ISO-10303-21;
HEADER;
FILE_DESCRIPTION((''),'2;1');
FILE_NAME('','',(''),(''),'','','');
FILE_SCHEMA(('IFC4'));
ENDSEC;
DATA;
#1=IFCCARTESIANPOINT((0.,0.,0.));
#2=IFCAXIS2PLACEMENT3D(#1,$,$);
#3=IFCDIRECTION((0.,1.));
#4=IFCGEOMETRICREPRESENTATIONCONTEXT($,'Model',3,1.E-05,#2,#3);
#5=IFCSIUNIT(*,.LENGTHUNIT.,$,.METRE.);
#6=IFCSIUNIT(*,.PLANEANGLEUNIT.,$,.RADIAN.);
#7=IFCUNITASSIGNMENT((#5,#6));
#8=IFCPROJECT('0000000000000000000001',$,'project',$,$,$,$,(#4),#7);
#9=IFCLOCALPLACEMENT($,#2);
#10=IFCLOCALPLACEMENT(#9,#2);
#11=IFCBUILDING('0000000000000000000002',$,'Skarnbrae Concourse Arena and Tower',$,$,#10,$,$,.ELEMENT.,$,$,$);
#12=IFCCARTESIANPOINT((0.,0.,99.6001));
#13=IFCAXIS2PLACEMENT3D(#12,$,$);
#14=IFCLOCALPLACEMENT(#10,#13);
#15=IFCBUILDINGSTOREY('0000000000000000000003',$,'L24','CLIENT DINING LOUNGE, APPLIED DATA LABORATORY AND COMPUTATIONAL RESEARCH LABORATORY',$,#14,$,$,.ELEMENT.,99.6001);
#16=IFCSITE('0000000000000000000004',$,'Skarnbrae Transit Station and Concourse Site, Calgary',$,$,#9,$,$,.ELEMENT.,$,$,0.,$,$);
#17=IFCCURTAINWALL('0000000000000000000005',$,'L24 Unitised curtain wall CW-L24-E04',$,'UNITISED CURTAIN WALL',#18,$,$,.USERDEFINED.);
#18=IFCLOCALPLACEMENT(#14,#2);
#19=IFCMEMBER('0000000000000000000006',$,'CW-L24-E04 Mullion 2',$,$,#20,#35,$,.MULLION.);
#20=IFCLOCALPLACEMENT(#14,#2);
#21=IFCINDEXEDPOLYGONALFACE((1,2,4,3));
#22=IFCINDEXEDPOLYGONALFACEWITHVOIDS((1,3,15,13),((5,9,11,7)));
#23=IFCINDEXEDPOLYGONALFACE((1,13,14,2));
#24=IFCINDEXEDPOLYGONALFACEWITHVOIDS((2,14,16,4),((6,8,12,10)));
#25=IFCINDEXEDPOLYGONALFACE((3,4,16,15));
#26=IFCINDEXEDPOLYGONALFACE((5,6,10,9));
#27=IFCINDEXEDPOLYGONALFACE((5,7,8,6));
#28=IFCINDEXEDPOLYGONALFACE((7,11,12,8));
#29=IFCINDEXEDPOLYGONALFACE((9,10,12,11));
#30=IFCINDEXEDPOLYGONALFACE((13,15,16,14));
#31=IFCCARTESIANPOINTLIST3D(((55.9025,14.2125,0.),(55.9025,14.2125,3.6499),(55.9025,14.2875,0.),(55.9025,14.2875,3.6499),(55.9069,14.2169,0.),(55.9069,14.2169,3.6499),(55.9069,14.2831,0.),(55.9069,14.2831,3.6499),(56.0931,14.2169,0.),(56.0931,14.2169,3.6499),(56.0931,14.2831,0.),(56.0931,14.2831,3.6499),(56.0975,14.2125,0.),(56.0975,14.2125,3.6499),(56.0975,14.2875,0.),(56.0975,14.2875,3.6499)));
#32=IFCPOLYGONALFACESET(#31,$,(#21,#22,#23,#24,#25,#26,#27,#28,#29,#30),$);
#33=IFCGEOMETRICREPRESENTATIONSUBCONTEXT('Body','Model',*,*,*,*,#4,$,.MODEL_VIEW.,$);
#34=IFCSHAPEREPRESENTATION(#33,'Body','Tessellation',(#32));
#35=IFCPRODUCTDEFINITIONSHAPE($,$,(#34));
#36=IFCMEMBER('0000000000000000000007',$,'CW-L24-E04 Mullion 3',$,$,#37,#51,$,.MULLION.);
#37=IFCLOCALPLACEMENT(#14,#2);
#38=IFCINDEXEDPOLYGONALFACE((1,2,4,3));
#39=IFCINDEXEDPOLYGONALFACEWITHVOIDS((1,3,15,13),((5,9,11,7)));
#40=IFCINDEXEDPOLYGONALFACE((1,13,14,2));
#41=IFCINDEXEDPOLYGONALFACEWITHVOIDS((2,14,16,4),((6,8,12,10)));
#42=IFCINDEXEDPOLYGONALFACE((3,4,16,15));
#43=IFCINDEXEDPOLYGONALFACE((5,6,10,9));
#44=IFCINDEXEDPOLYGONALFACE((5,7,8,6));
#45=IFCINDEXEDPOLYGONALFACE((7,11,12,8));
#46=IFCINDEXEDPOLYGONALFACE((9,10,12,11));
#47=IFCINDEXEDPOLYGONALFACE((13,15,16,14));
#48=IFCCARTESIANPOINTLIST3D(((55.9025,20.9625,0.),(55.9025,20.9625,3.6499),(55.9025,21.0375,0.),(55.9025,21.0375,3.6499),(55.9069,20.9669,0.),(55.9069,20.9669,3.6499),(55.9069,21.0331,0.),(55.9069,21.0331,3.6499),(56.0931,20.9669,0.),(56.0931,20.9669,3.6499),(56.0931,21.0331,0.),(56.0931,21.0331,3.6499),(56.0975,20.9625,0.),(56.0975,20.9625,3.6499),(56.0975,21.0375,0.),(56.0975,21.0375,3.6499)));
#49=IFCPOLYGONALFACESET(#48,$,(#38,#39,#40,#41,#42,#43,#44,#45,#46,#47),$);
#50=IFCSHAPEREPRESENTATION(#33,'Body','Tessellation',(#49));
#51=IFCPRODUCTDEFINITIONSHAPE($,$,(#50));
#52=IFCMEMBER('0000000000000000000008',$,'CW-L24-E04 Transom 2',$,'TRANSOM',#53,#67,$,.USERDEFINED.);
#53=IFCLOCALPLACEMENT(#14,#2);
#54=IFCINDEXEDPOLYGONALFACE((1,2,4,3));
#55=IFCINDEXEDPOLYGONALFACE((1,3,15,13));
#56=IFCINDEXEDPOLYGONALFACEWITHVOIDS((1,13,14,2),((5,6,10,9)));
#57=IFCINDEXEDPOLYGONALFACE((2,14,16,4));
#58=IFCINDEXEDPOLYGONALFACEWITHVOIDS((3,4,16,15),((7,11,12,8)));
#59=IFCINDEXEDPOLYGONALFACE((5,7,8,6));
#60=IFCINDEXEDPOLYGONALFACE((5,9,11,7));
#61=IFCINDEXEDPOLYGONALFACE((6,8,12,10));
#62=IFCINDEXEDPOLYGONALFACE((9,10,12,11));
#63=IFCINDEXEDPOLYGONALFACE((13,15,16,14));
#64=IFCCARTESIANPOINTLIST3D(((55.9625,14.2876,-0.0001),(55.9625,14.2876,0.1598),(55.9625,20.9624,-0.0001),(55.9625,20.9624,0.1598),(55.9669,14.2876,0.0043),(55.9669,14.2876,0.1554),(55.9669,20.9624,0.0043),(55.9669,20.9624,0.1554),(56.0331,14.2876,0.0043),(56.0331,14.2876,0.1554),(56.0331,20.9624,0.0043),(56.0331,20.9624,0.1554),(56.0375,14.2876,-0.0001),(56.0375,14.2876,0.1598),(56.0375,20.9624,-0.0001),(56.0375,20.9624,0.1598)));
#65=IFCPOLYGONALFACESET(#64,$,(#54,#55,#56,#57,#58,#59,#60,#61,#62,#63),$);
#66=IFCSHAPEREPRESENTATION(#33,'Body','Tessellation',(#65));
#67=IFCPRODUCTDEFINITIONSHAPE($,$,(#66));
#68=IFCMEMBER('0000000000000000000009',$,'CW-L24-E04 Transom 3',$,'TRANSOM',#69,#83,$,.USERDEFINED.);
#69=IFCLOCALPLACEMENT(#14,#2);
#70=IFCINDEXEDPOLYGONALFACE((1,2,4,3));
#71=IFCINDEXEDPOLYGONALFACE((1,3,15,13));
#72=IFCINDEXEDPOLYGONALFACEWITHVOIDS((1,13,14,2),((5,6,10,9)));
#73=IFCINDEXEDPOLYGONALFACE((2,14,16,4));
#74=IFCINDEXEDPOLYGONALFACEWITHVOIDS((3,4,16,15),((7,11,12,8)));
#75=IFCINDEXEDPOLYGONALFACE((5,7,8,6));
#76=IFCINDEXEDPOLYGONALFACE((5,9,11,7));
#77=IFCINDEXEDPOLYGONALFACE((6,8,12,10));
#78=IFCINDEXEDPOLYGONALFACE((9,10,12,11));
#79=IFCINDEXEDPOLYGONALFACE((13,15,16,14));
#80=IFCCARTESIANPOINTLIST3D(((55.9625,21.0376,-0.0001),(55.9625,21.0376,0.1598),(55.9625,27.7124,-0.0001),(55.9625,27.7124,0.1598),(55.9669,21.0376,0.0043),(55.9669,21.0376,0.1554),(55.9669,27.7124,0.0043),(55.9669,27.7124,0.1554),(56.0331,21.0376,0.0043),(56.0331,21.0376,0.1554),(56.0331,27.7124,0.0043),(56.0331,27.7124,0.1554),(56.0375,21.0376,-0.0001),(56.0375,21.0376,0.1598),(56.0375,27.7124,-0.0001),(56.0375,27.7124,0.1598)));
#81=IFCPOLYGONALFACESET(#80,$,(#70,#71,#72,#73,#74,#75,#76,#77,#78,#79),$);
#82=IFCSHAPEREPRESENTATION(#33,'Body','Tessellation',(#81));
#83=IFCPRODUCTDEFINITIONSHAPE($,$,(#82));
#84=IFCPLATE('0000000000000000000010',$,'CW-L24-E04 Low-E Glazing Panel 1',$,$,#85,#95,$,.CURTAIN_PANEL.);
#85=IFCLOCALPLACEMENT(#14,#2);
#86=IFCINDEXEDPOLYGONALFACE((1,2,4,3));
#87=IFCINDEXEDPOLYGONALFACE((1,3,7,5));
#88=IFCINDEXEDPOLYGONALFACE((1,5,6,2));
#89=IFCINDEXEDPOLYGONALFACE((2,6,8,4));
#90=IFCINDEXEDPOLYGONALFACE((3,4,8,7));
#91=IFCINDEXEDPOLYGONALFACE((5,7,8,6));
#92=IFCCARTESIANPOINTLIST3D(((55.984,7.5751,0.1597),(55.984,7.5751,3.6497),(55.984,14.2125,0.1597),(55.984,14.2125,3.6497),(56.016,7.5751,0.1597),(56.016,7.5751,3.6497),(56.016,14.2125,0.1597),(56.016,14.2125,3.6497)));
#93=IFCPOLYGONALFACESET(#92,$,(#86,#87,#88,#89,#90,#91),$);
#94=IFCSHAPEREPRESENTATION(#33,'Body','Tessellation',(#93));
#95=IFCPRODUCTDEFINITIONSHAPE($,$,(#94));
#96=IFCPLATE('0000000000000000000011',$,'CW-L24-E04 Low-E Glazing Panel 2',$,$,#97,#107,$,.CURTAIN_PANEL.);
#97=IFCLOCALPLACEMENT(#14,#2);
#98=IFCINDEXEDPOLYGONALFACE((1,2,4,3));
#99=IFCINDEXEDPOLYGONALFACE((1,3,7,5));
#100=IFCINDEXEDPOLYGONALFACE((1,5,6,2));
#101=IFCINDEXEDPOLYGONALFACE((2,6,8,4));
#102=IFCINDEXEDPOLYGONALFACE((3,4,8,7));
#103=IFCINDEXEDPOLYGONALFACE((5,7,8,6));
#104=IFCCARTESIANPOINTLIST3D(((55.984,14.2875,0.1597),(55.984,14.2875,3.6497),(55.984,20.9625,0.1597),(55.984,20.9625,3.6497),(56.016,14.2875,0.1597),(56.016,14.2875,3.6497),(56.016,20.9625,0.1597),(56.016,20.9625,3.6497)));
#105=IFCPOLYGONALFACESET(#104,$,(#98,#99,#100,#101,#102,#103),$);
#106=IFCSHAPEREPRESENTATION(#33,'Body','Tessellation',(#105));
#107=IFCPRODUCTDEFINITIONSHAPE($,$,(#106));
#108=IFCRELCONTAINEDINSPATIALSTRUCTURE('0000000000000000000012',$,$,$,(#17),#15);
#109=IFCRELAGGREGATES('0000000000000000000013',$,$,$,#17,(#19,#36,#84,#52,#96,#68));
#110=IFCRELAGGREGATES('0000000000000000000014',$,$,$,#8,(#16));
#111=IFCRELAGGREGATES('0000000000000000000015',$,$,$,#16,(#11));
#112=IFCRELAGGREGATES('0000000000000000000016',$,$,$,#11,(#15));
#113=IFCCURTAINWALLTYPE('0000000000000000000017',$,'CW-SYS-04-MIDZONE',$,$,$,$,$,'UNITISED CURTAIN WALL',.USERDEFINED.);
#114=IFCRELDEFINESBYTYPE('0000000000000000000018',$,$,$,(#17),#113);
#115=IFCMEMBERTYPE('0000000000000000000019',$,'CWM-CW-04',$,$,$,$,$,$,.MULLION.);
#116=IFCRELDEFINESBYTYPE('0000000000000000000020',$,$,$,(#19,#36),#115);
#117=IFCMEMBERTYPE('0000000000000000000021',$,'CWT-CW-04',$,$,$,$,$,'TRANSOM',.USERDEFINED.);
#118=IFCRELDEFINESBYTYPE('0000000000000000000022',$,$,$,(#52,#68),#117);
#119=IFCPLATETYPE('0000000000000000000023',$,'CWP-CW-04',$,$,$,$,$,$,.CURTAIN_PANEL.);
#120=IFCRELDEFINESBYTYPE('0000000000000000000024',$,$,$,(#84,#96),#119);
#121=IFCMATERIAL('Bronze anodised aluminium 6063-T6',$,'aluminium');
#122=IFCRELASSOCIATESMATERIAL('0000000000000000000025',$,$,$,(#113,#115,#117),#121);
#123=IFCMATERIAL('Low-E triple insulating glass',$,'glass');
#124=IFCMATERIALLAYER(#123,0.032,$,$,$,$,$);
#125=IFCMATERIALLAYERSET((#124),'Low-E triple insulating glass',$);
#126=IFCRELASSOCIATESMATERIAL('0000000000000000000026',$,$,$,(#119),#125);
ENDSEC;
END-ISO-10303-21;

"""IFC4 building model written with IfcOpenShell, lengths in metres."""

from ifc_helpers import new_model, si_unit, direction, frame, origin, origin_2d, place, context, subcontext, project, spatial, rectangle, hollow_rectangle, extrude, source, transform, mapped, material, layer, layer_set, material_profile, profile_set, type_object, element, aggregate, save


model = new_model("IFC4")

# Units and contexts
model_context = context("Model", 3, precision=1e-05, world=origin(), true_north=direction((0.0, 1.0)))
body_context = subcontext(model_context, "Body", "Model", "MODEL_VIEW")
ifc_project = project(units=[si_unit("LENGTHUNIT", "METRE"), si_unit("PLANEANGLEUNIT", "RADIAN")], contexts=[model_context])

# Site, building, storey
site_placement = place(None, origin())
site = spatial("IfcSite", under=ifc_project, at=site_placement, Name="Skarnbrae Transit Station and Concourse Site, Calgary", CompositionType="ELEMENT", RefElevation=0.0)
building_placement = place(site_placement, origin())
building = spatial("IfcBuilding", under=site, at=building_placement, Name="Skarnbrae Concourse Arena and Tower", CompositionType="ELEMENT")
storey_placement = place(building_placement, frame((0.0, 0.0, 99.6001)))
storey = spatial("IfcBuildingStorey", under=building, at=storey_placement, Name="L24", Description="CLIENT DINING LOUNGE, APPLIED DATA LABORATORY AND COMPUTATIONAL RESEARCH LABORATORY", CompositionType="ELEMENT", Elevation=99.6001)

# Curtain wall, members, plates
ifc_material_1 = material(Name="Bronze anodised aluminium 6063-T6", Category="aluminium")
curtain_wall_type = type_object("IfcCurtainWallType", Name="CW-SYS-04-MIDZONE", ElementType="UNITISED CURTAIN WALL", PredefinedType="USERDEFINED", material=ifc_material_1)
curtain_wall_placement = place(storey_placement, origin())
curtain_wall = element("IfcCurtainWall", 1, at=curtain_wall_placement, inside=storey, type_object=curtain_wall_type, Name="L24 Unitised curtain wall CW-L24-E04", ObjectType="UNITISED CURTAIN WALL", PredefinedType="USERDEFINED")
ifc_material_profile_1 = material_profile(ifc_material_1, hollow_rectangle(XDim=0.075, YDim=0.1951, WallThickness=0.0044, at=origin_2d()), Name="ALU-MULL-75X195")
ifc_profile_set_1 = profile_set([ifc_material_profile_1], Name="Bronze anodised aluminium 6063-T6")
member_type_1 = type_object("IfcMemberType", Name="CWM-CW-04", PredefinedType="MULLION", material=ifc_profile_set_1)
shared_shape_1 = source(origin(), body_context, "Body", "SweptSolid", [
    extrude(hollow_rectangle(XDim=0.075, YDim=0.1951, WallThickness=0.0044, at=origin_2d()), origin(), (0.0, 0.0, 1.0), 3.6499),
])
member_1_placement = place(storey_placement, frame((56.0, 14.25, 0.0), z_axis=(0.0, 0.0, 1.0), x_axis=(0.0, 1.0, 0.0)))
member_1 = element("IfcMember", 2, at=member_1_placement, type_object=member_type_1, Name="CW-L24-E04 Mullion 2", PredefinedType="MULLION", context=body_context, shape_type="MappedRepresentation", body=[
    mapped(shared_shape_1, transform((0.0, 0.0, 0.0))),
])
member_2_placement = place(storey_placement, frame((56.0, 21.0, 0.0), z_axis=(0.0, 0.0, 1.0), x_axis=(0.0, 1.0, 0.0)))
member_2 = element("IfcMember", 3, at=member_2_placement, type_object=member_type_1, Name="CW-L24-E04 Mullion 3", PredefinedType="MULLION", context=body_context, shape_type="MappedRepresentation", body=[
    mapped(shared_shape_1, transform((0.0, 0.0, 0.0))),
])
ifc_material_profile_2 = material_profile(ifc_material_1, hollow_rectangle(XDim=0.075, YDim=0.1599, WallThickness=0.0044, at=origin_2d()), Name="ALU-TRAN-75X160")
ifc_profile_set_2 = profile_set([ifc_material_profile_2], Name="Bronze anodised aluminium 6063-T6")
member_type_2 = type_object("IfcMemberType", Name="CWT-CW-04", ElementType="TRANSOM", PredefinedType="USERDEFINED", material=ifc_profile_set_2)
shared_shape_2 = source(origin(), body_context, "Body", "SweptSolid", [
    extrude(hollow_rectangle(XDim=0.075, YDim=0.1599, WallThickness=0.0044, at=origin_2d()), origin(), (0.0, 0.0, 1.0), 6.6748),
])
member_3_placement = place(storey_placement, frame((56.0, 14.2876, 0.0798), z_axis=(0.0, 1.0, 0.0), x_axis=(-1.0, 0.0, 0.0)))
member_3 = element("IfcMember", 4, at=member_3_placement, type_object=member_type_2, Name="CW-L24-E04 Transom 2", ObjectType="TRANSOM", PredefinedType="USERDEFINED", context=body_context, shape_type="MappedRepresentation", body=[
    mapped(shared_shape_2, transform((0.0, 0.0, 0.0))),
])
member_4_placement = place(storey_placement, frame((56.0, 21.0376, 0.0798), z_axis=(0.0, 1.0, 0.0), x_axis=(-1.0, 0.0, 0.0)))
member_4 = element("IfcMember", 5, at=member_4_placement, type_object=member_type_2, Name="CW-L24-E04 Transom 3", ObjectType="TRANSOM", PredefinedType="USERDEFINED", context=body_context, shape_type="MappedRepresentation", body=[
    mapped(shared_shape_2, transform((0.0, 0.0, 0.0))),
])
ifc_material_2 = material(Name="Low-E triple insulating glass", Category="glass")
ifc_layer = layer(ifc_material_2, 0.032)
ifc_layer_set = layer_set([ifc_layer], Name="Low-E triple insulating glass")
plate_type = type_object("IfcPlateType", Name="CWP-CW-04", PredefinedType="CURTAIN_PANEL", material=ifc_layer_set)
shared_shape_3 = source(origin(), body_context, "Body", "SweptSolid", [
    extrude(rectangle(XDim=6.6375, YDim=0.032, at=origin_2d()), origin(), (0.0, 0.0, 1.0), 3.49),
])
plate_1_placement = place(storey_placement, frame((56.0, 10.8938, 0.1597), z_axis=(0.0, 0.0, 1.0), x_axis=(0.0, 1.0, 0.0)))
plate_1 = element("IfcPlate", 6, at=plate_1_placement, type_object=plate_type, Name="CW-L24-E04 Low-E Glazing Panel 1", PredefinedType="CURTAIN_PANEL", context=body_context, shape_type="MappedRepresentation", body=[
    mapped(shared_shape_3, transform((0.0, 0.0, 0.0))),
])
shared_shape_4 = source(origin(), body_context, "Body", "SweptSolid", [
    extrude(rectangle(XDim=6.675, YDim=0.032, at=origin_2d()), origin(), (0.0, 0.0, 1.0), 3.49),
])
plate_2_placement = place(storey_placement, frame((56.0, 17.625, 0.1597), z_axis=(0.0, 0.0, 1.0), x_axis=(0.0, 1.0, 0.0)))
plate_2 = element("IfcPlate", 7, at=plate_2_placement, type_object=plate_type, Name="CW-L24-E04 Low-E Glazing Panel 2", PredefinedType="CURTAIN_PANEL", context=body_context, shape_type="MappedRepresentation", body=[
    mapped(shared_shape_4, transform((0.0, 0.0, 0.0))),
])
aggregate(curtain_wall, [member_1, member_2, plate_1, member_3, plate_2, member_4])

save(model, "model.ifc")
